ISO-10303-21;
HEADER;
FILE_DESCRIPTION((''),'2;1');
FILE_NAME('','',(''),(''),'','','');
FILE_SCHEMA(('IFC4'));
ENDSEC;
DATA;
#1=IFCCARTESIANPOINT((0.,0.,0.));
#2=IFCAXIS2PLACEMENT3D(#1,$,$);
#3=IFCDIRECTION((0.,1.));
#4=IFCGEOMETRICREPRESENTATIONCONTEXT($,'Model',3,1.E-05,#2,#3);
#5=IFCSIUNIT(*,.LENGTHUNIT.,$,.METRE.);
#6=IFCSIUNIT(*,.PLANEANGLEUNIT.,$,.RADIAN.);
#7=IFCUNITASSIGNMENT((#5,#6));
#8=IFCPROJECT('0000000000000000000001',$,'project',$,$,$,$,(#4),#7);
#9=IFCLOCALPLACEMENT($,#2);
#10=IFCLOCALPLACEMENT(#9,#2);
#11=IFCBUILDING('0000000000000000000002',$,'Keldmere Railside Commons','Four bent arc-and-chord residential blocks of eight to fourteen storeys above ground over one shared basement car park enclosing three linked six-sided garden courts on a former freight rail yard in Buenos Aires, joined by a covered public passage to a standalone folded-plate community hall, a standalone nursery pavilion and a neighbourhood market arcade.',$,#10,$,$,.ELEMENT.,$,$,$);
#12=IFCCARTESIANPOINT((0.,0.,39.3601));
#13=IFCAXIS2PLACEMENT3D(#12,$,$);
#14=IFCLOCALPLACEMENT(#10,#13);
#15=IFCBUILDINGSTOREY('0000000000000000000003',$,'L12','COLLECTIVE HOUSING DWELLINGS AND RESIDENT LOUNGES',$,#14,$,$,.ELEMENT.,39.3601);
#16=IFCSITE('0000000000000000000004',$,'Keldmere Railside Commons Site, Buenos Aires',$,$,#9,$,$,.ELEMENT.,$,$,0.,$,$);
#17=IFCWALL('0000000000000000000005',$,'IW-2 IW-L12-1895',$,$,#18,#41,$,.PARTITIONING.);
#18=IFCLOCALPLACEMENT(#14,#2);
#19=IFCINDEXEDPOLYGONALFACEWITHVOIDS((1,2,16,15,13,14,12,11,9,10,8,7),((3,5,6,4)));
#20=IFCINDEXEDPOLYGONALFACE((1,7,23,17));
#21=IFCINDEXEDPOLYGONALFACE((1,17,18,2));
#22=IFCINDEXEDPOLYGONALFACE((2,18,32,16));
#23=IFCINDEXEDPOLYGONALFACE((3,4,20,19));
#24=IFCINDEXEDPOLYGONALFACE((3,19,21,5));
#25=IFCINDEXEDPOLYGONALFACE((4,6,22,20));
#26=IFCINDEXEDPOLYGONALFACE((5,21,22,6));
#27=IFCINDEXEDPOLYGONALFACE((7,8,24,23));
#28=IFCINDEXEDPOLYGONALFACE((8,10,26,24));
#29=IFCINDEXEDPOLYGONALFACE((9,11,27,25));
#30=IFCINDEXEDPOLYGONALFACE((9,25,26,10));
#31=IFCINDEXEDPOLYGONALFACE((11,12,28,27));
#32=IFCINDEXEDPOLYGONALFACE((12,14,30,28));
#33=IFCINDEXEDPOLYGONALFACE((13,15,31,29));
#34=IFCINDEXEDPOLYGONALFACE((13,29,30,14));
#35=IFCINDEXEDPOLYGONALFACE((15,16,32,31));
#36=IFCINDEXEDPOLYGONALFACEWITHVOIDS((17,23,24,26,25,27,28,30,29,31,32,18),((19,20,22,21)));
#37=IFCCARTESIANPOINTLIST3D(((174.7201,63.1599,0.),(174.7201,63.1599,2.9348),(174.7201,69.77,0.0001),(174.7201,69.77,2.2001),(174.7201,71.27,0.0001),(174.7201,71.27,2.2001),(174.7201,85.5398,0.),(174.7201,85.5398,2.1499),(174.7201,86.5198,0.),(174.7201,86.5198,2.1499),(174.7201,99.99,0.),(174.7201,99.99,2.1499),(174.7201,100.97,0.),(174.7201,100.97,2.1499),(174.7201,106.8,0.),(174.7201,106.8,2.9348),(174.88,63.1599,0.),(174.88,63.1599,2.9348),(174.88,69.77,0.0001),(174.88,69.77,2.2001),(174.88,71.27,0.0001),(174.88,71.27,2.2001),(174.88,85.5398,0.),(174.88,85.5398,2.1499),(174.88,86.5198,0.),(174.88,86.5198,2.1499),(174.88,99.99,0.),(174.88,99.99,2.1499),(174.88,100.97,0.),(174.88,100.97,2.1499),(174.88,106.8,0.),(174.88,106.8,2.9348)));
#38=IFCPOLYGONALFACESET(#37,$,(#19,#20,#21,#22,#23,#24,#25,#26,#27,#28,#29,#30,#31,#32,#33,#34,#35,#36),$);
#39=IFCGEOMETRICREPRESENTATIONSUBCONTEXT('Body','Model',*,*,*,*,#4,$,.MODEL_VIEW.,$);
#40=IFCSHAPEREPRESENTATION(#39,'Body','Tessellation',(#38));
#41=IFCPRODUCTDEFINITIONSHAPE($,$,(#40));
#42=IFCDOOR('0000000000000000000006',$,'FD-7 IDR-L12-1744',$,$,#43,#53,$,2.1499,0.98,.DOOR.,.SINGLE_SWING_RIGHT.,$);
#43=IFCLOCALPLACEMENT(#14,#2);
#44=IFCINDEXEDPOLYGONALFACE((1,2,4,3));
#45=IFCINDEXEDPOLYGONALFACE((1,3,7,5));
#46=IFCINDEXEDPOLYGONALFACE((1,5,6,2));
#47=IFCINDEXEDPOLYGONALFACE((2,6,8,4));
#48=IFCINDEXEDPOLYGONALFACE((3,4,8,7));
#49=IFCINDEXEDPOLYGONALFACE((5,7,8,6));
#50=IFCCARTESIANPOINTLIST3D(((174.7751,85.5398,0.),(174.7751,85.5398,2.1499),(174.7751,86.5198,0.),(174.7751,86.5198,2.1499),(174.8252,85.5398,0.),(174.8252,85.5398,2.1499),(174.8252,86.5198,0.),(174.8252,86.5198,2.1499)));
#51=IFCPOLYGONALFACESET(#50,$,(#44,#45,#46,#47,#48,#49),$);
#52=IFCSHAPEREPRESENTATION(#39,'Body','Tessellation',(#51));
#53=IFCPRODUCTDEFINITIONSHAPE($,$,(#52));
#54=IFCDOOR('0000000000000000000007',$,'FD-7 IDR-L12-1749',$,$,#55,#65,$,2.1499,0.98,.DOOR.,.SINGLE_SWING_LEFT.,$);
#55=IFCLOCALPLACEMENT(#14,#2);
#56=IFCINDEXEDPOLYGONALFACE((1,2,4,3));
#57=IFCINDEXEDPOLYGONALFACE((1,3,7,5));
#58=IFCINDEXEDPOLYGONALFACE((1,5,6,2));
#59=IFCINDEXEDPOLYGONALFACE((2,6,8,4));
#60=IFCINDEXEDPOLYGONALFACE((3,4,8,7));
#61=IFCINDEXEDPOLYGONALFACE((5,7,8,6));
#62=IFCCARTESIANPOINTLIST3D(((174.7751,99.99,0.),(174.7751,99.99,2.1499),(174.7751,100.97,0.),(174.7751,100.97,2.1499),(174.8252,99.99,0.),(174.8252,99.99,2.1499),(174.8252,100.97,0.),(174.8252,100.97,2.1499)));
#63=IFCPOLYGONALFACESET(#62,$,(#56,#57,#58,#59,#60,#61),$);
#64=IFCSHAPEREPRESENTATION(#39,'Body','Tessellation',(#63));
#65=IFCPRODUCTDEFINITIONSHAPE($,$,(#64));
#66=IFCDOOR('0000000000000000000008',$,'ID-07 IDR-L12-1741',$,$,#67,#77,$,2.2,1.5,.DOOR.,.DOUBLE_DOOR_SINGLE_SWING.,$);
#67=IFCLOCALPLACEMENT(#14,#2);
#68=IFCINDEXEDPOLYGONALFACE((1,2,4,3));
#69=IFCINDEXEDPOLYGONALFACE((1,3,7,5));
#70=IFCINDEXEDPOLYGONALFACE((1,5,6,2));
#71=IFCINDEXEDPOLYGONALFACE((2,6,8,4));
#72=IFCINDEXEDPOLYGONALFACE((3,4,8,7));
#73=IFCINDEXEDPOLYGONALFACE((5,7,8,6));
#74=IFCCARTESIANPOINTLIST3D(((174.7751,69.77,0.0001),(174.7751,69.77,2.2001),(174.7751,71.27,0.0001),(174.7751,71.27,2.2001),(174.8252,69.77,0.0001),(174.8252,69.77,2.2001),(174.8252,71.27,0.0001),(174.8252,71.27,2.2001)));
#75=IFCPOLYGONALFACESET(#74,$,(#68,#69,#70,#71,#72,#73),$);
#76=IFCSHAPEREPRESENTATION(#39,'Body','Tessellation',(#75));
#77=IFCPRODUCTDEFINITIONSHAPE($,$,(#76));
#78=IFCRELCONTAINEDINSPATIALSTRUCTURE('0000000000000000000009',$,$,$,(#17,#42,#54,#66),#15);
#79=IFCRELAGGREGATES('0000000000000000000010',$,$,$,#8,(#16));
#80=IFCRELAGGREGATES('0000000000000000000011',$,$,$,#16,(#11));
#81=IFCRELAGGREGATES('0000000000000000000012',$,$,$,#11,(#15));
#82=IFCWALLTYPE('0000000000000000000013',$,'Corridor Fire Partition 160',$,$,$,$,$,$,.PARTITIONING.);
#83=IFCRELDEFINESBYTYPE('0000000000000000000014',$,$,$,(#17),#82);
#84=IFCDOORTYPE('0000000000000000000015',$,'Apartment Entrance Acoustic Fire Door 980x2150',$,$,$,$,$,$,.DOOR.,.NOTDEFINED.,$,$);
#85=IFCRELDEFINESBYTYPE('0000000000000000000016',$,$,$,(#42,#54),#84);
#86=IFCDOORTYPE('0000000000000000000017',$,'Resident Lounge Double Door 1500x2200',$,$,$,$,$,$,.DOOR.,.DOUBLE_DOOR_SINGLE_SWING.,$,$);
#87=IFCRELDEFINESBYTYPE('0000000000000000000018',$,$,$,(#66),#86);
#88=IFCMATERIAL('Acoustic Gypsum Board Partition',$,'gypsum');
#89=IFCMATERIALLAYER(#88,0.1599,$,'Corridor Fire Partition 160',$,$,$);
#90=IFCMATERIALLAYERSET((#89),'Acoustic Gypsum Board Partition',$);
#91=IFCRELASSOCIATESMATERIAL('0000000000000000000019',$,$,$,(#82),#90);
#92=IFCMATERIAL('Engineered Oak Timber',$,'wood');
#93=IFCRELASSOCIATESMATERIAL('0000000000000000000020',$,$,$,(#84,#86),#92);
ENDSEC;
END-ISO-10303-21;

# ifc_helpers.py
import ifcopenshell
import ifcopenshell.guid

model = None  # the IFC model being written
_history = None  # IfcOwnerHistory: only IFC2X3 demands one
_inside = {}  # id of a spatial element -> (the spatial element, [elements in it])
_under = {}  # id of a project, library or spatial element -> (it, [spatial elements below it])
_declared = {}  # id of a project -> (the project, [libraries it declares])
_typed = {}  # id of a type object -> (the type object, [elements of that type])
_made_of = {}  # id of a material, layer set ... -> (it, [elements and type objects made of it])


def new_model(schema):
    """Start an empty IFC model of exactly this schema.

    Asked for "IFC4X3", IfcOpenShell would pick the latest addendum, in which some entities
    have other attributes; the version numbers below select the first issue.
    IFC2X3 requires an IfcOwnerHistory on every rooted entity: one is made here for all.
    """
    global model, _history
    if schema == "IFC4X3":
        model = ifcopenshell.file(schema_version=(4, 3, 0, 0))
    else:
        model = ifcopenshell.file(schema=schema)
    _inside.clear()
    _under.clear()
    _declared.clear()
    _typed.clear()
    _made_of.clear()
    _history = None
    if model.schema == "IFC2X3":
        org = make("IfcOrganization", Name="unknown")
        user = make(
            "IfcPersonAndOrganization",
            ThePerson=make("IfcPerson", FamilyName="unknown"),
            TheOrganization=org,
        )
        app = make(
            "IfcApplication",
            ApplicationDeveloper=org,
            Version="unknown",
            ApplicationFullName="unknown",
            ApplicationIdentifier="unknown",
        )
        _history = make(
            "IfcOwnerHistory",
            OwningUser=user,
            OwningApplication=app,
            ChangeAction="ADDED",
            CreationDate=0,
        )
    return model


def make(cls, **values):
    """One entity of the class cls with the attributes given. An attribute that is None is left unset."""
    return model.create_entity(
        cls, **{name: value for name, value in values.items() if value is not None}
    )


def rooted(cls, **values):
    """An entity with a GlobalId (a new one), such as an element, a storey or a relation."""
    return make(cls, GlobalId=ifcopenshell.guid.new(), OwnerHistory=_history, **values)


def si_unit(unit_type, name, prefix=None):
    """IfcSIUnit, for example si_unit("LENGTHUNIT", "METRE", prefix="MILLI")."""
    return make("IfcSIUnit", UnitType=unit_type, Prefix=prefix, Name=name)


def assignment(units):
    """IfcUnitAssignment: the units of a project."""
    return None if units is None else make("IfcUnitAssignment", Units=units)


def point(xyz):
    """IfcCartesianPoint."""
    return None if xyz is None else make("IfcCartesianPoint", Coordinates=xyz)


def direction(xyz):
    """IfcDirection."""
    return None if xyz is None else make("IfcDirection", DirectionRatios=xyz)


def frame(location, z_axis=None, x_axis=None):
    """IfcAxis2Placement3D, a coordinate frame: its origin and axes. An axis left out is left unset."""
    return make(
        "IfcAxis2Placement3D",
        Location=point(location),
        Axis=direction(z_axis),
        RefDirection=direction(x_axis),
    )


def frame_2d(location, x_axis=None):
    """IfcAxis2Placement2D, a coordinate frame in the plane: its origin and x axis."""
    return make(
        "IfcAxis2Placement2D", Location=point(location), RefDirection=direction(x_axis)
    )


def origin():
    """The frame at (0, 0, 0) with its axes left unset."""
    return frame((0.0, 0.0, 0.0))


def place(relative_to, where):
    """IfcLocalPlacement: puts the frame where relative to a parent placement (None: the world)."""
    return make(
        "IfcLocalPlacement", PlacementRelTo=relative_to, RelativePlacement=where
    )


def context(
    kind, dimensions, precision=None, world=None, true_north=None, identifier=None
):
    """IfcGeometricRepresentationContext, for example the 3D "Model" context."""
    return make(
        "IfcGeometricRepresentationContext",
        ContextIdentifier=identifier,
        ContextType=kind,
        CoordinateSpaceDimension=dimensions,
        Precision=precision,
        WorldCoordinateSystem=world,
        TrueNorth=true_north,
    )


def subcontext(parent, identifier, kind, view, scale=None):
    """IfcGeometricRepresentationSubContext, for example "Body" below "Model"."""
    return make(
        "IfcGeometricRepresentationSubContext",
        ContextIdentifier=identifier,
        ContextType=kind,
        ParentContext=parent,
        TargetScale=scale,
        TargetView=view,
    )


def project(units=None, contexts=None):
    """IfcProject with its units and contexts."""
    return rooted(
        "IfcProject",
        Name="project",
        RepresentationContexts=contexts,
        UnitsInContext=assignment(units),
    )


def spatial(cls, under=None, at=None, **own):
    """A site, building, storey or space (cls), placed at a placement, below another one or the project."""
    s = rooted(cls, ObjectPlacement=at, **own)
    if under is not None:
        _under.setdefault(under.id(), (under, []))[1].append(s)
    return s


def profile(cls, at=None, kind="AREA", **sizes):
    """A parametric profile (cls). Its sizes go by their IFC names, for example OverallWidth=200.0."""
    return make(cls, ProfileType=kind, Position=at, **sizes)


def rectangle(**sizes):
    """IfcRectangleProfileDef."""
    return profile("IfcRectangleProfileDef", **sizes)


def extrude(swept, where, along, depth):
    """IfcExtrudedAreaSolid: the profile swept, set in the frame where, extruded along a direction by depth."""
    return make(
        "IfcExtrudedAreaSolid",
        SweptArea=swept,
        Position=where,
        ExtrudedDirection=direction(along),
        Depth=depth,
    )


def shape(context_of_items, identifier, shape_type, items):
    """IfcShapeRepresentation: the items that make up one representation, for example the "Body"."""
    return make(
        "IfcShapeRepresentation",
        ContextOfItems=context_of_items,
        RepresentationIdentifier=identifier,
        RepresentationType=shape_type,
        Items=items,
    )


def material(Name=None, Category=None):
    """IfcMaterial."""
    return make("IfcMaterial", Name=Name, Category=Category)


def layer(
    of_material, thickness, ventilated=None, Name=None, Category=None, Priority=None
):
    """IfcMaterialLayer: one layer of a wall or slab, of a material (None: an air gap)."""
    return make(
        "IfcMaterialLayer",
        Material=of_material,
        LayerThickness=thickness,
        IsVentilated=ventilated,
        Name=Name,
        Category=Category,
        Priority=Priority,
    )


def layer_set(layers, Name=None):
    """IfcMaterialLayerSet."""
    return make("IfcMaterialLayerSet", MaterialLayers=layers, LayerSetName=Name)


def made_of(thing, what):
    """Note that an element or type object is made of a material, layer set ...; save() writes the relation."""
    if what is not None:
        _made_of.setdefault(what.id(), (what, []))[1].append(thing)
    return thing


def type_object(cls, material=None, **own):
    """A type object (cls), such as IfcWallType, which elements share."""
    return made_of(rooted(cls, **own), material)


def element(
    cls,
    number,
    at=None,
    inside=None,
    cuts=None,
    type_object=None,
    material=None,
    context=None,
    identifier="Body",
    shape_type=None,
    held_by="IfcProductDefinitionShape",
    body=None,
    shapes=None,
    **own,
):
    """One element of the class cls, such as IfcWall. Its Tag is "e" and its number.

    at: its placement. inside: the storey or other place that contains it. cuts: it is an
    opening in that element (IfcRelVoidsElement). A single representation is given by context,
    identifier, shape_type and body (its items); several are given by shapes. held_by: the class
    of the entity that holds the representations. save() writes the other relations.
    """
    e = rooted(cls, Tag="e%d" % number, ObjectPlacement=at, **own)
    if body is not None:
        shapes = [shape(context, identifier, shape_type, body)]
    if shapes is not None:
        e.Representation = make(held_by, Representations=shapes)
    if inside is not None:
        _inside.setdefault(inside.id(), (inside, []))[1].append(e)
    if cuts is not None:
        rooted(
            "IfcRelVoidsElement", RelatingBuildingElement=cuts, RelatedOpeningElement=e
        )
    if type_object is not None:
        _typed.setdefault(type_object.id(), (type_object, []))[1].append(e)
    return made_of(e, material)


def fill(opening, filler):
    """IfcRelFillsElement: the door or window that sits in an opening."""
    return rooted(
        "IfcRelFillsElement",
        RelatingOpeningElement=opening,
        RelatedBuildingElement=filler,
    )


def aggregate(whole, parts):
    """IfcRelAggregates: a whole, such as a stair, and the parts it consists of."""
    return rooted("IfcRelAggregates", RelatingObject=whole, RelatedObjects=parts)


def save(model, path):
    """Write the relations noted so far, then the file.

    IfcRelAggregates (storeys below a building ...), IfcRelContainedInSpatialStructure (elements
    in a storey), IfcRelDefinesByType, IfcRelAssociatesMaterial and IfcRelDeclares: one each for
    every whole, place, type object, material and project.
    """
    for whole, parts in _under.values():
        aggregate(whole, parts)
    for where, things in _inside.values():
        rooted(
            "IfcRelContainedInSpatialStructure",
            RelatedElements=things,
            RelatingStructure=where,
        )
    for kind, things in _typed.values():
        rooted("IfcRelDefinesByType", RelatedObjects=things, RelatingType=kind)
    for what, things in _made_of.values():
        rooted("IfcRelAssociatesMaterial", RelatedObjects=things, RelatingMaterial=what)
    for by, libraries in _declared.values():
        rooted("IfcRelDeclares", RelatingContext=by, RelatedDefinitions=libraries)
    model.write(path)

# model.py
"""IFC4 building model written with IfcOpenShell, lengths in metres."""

from ifc_helpers import new_model, si_unit, direction, frame, frame_2d, origin, place, context, subcontext, project, spatial, rectangle, extrude, material, layer, layer_set, type_object, element, fill, save


model = new_model("IFC4")

# Units and contexts
model_context = context("Model", 3, precision=1e-05, world=origin(), true_north=direction((0.0, 1.0)))
body_context = subcontext(model_context, "Body", "Model", "MODEL_VIEW")
ifc_project = project(units=[si_unit("LENGTHUNIT", "METRE"), si_unit("PLANEANGLEUNIT", "RADIAN")], contexts=[model_context])

# Site, building, storey
site_placement = place(None, origin())
site = spatial("IfcSite", under=ifc_project, at=site_placement, Name="Keldmere Railside Commons Site, Buenos Aires", CompositionType="ELEMENT", RefElevation=0.0)
building_placement = place(site_placement, origin())
building = spatial("IfcBuilding", under=site, at=building_placement, Name="Keldmere Railside Commons", Description="Four bent arc-and-chord residential blocks of eight to fourteen storeys above ground over one shared basement car park enclosing three linked six-sided garden courts on a former freight rail yard in Buenos Aires, joined by a covered public passage to a standalone folded-plate community hall, a standalone nursery pavilion and a neighbourhood market arcade.", CompositionType="ELEMENT")
storey_placement = place(building_placement, frame((0.0, 0.0, 39.3601)))
storey = spatial("IfcBuildingStorey", under=building, at=storey_placement, Name="L12", Description="COLLECTIVE HOUSING DWELLINGS AND RESIDENT LOUNGES", CompositionType="ELEMENT", Elevation=39.3601)

# Wall, openings, doors
ifc_material_1 = material(Name="Acoustic Gypsum Board Partition", Category="gypsum")
ifc_layer_1 = layer(ifc_material_1, 0.1599, Name="Corridor Fire Partition 160")
ifc_layer_set_1 = layer_set([ifc_layer_1], Name="Acoustic Gypsum Board Partition")
wall_type_1 = type_object("IfcWallType", Name="Corridor Fire Partition 160", PredefinedType="PARTITIONING", material=ifc_layer_set_1)
wall_1_placement = place(storey_placement, frame((174.8, 63.1599, 0.0), z_axis=(0.0, 0.0, 1.0), x_axis=(0.0, 1.0, 0.0)))
wall_1 = element("IfcWall", 1, at=wall_1_placement, inside=storey, type_object=wall_type_1, Name="IW-2 IW-L12-1895", PredefinedType="PARTITIONING", context=body_context, shape_type="SweptSolid", body=[
    extrude(rectangle(XDim=43.6401, YDim=0.1599, at=frame_2d((21.8201, 0.0))), origin(), (0.0, 0.0, 1.0), 2.9348),
])
opening_1_placement = place(wall_1_placement, frame((6.6101, 0.0, 0.0)))
opening_1 = element("IfcOpeningElement", 2, at=opening_1_placement, cuts=wall_1, PredefinedType="OPENING", context=body_context, shape_type="SweptSolid", body=[
    extrude(rectangle(XDim=1.5, YDim=2.2, at=frame_2d((0.75, 1.1001))), frame((0.0, 0.0898, 0.0), z_axis=(0.0, -1.0, 0.0), x_axis=(1.0, 0.0, 0.0)), (0.0, 0.0, 1.0), 0.1799),
])
opening_2_placement = place(wall_1_placement, frame((22.3799, 0.0, 0.0)))
opening_2 = element("IfcOpeningElement", 3, at=opening_2_placement, cuts=wall_1, PredefinedType="OPENING", context=body_context, shape_type="SweptSolid", body=[
    extrude(rectangle(XDim=0.98, YDim=2.1499, at=frame_2d((0.49, 1.075))), frame((0.0, 0.0898, 0.0), z_axis=(0.0, -1.0, 0.0), x_axis=(1.0, 0.0, 0.0)), (0.0, 0.0, 1.0), 0.1799),
])
opening_3_placement = place(wall_1_placement, frame((36.8301, 0.0, 0.0)))
opening_3 = element("IfcOpeningElement", 4, at=opening_3_placement, cuts=wall_1, PredefinedType="OPENING", context=body_context, shape_type="SweptSolid", body=[
    extrude(rectangle(XDim=0.98, YDim=2.1499, at=frame_2d((0.49, 1.075))), frame((0.0, 0.0898, 0.0), z_axis=(0.0, -1.0, 0.0), x_axis=(1.0, 0.0, 0.0)), (0.0, 0.0, 1.0), 0.1799),
])
ifc_material_2 = material(Name="Engineered Oak Timber", Category="wood")
door_type_1 = type_object("IfcDoorType", Name="Apartment Entrance Acoustic Fire Door 980x2150", OperationType="NOTDEFINED", PredefinedType="DOOR", material=ifc_material_2)
door_1_placement = place(opening_2_placement, origin())
door_1 = element("IfcDoor", 5, at=door_1_placement, inside=storey, type_object=door_type_1, Name="FD-7 IDR-L12-1744", OperationType="SINGLE_SWING_RIGHT", OverallHeight=2.1499, OverallWidth=0.98, PredefinedType="DOOR", context=body_context, shape_type="SweptSolid", body=[
    extrude(rectangle(XDim=0.98, YDim=2.1499, at=frame_2d((0.49, 1.075))), frame((0.0, 0.0249, 0.0), z_axis=(0.0, -1.0, 0.0), x_axis=(1.0, 0.0, 0.0)), (0.0, 0.0, 1.0), 0.05),
])
fill(opening_2, door_1)
door_2_placement = place(opening_3_placement, origin())
door_2 = element("IfcDoor", 6, at=door_2_placement, inside=storey, type_object=door_type_1, Name="FD-7 IDR-L12-1749", OperationType="SINGLE_SWING_LEFT", OverallHeight=2.1499, OverallWidth=0.98, PredefinedType="DOOR", context=body_context, shape_type="SweptSolid", body=[
    extrude(rectangle(XDim=0.98, YDim=2.1499, at=frame_2d((0.49, 1.075))), frame((0.0, 0.0249, 0.0), z_axis=(0.0, -1.0, 0.0), x_axis=(1.0, 0.0, 0.0)), (0.0, 0.0, 1.0), 0.05),
])
fill(opening_3, door_2)
door_type_2 = type_object("IfcDoorType", Name="Resident Lounge Double Door 1500x2200", OperationType="DOUBLE_DOOR_SINGLE_SWING", PredefinedType="DOOR", material=ifc_material_2)
door_3_placement = place(opening_1_placement, origin())
door_3 = element("IfcDoor", 7, at=door_3_placement, inside=storey, type_object=door_type_2, Name="ID-07 IDR-L12-1741", OperationType="DOUBLE_DOOR_SINGLE_SWING", OverallHeight=2.2, OverallWidth=1.5, PredefinedType="DOOR", context=body_context, shape_type="SweptSolid", body=[
    extrude(rectangle(XDim=1.5, YDim=2.2, at=frame_2d((0.75, 1.1001))), frame((0.0, 0.0249, 0.0), z_axis=(0.0, -1.0, 0.0), x_axis=(1.0, 0.0, 0.0)), (0.0, 0.0, 1.0), 0.05),
])
fill(opening_1, door_3)

save(model, "model.ifc")
